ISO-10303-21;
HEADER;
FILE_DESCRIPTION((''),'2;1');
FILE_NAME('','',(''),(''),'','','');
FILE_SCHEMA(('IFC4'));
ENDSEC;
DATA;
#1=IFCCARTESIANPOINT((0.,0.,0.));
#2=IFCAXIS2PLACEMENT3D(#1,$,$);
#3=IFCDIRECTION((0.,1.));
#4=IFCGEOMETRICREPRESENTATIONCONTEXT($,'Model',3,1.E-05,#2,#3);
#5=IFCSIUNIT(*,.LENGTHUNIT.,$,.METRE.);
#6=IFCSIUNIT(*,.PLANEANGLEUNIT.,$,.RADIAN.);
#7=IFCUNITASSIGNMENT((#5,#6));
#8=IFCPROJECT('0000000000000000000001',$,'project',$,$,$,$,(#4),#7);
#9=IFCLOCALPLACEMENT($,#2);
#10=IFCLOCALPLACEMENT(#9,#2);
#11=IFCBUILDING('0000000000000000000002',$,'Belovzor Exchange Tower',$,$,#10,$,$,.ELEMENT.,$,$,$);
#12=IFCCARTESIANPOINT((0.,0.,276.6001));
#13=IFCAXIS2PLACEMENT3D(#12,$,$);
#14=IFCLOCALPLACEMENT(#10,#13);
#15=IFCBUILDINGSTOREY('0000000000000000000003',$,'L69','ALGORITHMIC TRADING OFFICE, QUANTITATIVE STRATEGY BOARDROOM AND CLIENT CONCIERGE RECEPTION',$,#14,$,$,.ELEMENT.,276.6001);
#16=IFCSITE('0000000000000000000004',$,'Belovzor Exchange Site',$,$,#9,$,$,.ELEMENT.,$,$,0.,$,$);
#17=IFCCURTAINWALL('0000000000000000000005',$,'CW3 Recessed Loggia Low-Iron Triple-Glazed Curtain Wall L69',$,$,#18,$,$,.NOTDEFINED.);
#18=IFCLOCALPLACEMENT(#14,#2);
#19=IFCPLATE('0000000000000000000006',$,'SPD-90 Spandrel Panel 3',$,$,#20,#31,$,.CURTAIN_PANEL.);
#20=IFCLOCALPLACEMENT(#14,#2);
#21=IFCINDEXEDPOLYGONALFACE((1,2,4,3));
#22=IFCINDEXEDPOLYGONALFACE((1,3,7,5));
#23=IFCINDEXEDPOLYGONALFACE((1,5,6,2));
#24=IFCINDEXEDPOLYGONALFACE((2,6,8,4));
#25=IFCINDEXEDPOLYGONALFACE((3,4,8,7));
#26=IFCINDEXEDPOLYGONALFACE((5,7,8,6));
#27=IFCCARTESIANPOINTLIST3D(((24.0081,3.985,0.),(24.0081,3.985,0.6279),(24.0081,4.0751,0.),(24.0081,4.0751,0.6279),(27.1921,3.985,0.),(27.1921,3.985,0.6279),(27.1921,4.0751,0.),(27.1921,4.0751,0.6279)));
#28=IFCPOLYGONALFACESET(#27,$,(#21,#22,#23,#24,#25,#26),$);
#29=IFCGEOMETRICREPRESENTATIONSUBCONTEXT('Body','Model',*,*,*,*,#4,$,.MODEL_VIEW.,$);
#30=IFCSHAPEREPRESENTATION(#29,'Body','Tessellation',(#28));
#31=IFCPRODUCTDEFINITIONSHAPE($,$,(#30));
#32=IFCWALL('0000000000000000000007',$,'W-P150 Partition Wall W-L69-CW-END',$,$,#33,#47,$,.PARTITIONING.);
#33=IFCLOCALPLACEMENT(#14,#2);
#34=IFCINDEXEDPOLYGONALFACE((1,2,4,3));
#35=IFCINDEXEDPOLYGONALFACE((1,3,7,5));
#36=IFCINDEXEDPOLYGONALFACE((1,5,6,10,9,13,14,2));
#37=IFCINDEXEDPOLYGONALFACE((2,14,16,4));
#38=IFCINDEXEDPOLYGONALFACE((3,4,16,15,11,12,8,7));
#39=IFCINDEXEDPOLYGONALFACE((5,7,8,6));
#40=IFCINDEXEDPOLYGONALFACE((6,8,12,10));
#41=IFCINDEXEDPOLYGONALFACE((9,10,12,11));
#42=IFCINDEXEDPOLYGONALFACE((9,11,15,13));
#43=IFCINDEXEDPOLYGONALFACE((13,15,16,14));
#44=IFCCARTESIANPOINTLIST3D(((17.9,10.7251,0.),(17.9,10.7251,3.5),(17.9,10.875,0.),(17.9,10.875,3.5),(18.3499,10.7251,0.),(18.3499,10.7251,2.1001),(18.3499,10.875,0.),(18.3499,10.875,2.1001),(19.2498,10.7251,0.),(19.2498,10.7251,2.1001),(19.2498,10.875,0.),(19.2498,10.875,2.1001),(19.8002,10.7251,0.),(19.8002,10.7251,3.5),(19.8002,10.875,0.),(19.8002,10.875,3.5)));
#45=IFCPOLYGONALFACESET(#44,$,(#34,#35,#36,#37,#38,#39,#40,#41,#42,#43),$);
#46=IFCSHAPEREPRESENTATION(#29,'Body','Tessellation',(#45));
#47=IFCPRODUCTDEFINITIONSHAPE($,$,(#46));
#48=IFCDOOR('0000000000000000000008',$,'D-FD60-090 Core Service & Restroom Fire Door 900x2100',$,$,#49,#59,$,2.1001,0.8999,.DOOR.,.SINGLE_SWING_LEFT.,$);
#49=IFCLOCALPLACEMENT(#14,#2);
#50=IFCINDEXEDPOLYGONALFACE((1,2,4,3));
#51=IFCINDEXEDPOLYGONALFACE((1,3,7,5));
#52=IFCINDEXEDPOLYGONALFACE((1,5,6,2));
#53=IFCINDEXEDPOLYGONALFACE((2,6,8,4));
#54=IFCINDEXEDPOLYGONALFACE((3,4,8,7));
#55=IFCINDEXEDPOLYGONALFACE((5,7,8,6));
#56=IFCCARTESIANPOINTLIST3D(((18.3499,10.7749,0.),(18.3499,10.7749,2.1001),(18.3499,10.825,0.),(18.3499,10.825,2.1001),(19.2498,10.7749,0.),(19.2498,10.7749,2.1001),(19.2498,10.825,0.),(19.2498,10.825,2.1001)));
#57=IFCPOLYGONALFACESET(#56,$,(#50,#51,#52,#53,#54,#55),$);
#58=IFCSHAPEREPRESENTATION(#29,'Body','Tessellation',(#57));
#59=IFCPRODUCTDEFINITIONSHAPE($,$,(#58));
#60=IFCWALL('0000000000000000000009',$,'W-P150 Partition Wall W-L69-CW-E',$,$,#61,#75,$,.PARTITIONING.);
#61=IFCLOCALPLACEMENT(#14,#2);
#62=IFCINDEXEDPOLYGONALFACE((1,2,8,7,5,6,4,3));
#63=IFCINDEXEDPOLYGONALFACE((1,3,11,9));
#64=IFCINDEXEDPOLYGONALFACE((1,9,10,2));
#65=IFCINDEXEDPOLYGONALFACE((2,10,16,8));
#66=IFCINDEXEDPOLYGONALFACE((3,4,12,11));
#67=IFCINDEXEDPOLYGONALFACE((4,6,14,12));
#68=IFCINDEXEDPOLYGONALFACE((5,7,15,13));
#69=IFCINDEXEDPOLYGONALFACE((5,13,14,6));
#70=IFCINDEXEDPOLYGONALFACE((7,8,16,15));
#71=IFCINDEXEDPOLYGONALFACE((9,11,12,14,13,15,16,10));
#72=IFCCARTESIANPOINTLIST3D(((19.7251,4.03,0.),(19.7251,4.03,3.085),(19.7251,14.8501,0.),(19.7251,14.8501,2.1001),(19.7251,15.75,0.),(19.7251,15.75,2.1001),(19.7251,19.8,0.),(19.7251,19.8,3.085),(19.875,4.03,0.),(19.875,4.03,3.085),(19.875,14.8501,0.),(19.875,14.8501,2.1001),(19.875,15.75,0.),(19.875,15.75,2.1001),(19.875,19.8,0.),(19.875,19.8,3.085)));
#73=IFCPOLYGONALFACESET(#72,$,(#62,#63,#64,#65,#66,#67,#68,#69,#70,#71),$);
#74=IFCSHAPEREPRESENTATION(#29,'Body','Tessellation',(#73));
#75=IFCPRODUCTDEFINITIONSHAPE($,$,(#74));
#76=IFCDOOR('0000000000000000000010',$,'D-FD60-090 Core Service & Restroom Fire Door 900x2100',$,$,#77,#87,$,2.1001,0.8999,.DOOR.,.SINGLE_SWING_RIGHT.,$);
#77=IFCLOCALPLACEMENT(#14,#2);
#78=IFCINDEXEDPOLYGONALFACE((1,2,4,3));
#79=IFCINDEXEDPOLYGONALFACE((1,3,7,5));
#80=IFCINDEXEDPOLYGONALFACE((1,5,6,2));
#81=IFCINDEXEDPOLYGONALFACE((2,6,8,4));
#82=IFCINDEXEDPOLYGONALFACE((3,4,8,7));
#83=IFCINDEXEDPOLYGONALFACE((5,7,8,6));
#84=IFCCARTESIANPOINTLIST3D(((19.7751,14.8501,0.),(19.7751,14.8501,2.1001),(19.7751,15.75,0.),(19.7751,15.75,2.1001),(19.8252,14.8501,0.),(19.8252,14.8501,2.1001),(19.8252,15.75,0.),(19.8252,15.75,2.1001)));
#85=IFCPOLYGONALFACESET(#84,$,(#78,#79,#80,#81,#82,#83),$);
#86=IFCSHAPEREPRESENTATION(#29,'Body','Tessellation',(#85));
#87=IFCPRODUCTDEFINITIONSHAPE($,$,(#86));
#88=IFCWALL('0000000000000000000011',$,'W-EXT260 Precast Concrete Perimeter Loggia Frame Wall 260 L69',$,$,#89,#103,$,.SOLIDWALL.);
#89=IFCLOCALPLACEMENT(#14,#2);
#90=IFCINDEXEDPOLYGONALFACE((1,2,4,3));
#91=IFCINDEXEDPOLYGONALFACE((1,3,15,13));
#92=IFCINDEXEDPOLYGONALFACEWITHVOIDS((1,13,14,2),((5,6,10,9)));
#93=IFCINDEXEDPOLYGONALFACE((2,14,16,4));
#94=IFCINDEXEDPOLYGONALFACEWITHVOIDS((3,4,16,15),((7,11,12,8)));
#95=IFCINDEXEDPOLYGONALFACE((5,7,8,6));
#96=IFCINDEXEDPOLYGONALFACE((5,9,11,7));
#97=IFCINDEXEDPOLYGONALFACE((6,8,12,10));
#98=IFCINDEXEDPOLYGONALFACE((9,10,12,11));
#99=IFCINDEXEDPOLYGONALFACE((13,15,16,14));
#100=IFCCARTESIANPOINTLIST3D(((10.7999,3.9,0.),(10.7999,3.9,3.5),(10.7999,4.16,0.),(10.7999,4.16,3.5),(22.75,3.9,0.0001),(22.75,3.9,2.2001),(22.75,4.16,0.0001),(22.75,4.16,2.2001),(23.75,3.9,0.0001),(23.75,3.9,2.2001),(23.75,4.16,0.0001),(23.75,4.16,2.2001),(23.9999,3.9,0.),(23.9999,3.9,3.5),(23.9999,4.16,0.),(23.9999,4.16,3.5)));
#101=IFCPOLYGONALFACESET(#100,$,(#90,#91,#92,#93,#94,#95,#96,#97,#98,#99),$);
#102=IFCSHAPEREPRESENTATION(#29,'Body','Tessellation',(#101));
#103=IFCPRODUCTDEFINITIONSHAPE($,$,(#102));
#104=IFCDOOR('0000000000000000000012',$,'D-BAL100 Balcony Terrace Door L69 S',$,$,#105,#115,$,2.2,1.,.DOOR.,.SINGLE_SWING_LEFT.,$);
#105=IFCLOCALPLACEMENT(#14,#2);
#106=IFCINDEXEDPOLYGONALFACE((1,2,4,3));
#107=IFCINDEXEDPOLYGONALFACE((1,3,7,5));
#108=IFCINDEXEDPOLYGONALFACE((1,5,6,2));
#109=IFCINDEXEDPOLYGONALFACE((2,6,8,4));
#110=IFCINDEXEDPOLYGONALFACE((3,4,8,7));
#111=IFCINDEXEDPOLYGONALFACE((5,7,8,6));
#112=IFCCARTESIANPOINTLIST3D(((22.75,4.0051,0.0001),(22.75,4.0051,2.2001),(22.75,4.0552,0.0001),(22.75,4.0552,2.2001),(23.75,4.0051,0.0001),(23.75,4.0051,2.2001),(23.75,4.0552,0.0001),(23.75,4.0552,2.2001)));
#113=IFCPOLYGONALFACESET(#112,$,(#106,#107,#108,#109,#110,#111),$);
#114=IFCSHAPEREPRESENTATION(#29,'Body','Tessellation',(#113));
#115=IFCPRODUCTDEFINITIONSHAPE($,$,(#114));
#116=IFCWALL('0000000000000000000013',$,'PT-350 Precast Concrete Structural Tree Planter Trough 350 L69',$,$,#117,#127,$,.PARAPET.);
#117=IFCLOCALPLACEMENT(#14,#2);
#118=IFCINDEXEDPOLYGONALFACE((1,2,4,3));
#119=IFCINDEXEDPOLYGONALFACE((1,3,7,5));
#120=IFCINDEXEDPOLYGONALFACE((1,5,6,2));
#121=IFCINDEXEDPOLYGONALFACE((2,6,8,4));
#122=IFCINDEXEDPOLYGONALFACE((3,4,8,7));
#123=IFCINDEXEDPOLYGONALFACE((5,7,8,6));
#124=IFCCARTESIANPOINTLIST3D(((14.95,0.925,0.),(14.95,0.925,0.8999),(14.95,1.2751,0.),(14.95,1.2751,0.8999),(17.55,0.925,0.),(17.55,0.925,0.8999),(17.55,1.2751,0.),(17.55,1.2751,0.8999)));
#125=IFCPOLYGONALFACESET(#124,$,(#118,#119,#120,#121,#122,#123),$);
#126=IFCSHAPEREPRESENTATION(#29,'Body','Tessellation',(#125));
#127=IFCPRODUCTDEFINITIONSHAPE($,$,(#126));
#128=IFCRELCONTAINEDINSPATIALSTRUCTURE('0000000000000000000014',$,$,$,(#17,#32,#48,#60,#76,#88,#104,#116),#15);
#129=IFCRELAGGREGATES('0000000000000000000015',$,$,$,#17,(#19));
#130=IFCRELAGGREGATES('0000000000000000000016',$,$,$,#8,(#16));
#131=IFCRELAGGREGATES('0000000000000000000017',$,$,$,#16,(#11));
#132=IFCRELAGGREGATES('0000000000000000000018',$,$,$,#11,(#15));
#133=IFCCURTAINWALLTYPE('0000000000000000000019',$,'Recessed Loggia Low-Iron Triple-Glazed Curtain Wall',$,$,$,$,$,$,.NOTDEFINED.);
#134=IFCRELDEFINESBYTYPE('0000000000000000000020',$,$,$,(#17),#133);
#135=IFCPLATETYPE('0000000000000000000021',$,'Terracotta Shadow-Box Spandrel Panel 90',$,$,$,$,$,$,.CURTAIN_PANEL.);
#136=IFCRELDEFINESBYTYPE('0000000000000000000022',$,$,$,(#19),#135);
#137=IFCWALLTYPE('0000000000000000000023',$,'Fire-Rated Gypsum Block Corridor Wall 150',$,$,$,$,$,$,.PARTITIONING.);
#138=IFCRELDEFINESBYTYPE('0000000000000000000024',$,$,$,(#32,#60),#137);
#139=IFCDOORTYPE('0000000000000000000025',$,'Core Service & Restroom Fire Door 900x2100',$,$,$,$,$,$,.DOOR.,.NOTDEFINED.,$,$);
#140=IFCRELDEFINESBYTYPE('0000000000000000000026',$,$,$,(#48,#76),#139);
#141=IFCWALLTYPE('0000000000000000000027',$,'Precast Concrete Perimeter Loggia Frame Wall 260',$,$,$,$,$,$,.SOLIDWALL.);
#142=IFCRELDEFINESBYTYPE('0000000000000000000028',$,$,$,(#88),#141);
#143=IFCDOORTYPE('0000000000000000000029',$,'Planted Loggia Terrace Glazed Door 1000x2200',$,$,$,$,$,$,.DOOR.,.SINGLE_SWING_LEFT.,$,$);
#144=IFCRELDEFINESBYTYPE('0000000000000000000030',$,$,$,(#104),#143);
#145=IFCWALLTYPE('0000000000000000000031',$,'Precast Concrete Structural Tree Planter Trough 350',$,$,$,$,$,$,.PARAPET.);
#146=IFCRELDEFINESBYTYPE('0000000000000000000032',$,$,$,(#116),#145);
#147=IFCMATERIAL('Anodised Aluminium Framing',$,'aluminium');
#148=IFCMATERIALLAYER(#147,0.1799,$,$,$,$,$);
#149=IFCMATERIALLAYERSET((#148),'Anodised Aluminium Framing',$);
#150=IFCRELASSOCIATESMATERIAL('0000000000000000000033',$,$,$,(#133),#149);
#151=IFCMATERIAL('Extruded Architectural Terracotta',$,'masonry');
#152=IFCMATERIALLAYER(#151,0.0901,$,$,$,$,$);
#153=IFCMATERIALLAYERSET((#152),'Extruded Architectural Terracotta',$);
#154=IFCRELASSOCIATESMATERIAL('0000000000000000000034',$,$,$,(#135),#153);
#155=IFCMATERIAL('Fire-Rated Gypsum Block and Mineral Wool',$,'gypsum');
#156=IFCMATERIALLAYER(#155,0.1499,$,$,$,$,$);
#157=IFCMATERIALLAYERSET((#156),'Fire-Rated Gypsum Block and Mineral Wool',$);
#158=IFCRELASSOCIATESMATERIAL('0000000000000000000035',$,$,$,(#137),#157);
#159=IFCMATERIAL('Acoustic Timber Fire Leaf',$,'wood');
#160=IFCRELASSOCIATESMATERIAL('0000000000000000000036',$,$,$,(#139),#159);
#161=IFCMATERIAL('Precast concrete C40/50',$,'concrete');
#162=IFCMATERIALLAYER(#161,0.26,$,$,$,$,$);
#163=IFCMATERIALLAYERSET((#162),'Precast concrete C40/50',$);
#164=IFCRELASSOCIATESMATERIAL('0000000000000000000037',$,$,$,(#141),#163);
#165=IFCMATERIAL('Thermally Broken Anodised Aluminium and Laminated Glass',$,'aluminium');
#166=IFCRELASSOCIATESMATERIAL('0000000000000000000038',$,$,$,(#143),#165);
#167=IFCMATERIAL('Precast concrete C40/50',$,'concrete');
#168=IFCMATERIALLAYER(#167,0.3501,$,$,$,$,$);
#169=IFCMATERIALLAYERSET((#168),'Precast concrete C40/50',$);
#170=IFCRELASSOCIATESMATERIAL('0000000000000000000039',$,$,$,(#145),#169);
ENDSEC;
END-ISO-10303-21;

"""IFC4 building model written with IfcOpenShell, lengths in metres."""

from ifc_helpers import new_model, si_unit, direction, frame, frame_2d, origin, origin_2d, place, context, subcontext, project, spatial, rectangle, extrude, material, layer, layer_set, type_object, element, fill, aggregate, save


model = new_model("IFC4")

# Units and contexts
model_context = context("Model", 3, precision=1e-05, world=origin(), true_north=direction((0.0, 1.0)))
body_context = subcontext(model_context, "Body", "Model", "MODEL_VIEW")
ifc_project = project(units=[si_unit("LENGTHUNIT", "METRE"), si_unit("PLANEANGLEUNIT", "RADIAN")], contexts=[model_context])

# Site, building, storey
site_placement = place(None, origin())
site = spatial("IfcSite", under=ifc_project, at=site_placement, Name="Belovzor Exchange Site", CompositionType="ELEMENT", RefElevation=0.0)
building_placement = place(site_placement, origin())
building = spatial("IfcBuilding", under=site, at=building_placement, Name="Belovzor Exchange Tower", CompositionType="ELEMENT")
storey_placement = place(building_placement, frame((0.0, 0.0, 276.6001)))
storey = spatial("IfcBuildingStorey", under=building, at=storey_placement, Name="L69", Description="ALGORITHMIC TRADING OFFICE, QUANTITATIVE STRATEGY BOARDROOM AND CLIENT CONCIERGE RECEPTION", CompositionType="ELEMENT", Elevation=276.6001)

# Curtain wall
ifc_material_1 = material(Name="Anodised Aluminium Framing", Category="aluminium")
ifc_layer_1 = layer(ifc_material_1, 0.1799)
ifc_layer_set_1 = layer_set([ifc_layer_1], Name="Anodised Aluminium Framing")
curtain_wall_type = type_object("IfcCurtainWallType", Name="Recessed Loggia Low-Iron Triple-Glazed Curtain Wall", PredefinedType="NOTDEFINED", material=ifc_layer_set_1)
curtain_wall_placement = place(storey_placement, origin())
curtain_wall = element("IfcCurtainWall", 1, at=curtain_wall_placement, inside=storey, type_object=curtain_wall_type, Name="CW3 Recessed Loggia Low-Iron Triple-Glazed Curtain Wall L69", PredefinedType="NOTDEFINED")

# Plate
ifc_material_2 = material(Name="Extruded Architectural Terracotta", Category="masonry")
ifc_layer_2 = layer(ifc_material_2, 0.0901)
ifc_layer_set_2 = layer_set([ifc_layer_2], Name="Extruded Architectural Terracotta")
plate_type_1 = type_object("IfcPlateType", Name="Terracotta Shadow-Box Spandrel Panel 90", PredefinedType="CURTAIN_PANEL", material=ifc_layer_set_2)
plate_1_placement = place(storey_placement, frame((25.6001, 4.03, 0.0), z_axis=(0.0, 0.0, 1.0), x_axis=(-1.0, 0.0, 0.0)))
plate_1 = element("IfcPlate", 2, at=plate_1_placement, type_object=plate_type_1, Name="SPD-90 Spandrel Panel 3", PredefinedType="CURTAIN_PANEL", context=body_context, shape_type="SweptSolid", body=[
    extrude(rectangle(XDim=3.1841, YDim=0.0901, at=origin_2d()), origin(), (0.0, 0.0, 1.0), 0.6279),
])
aggregate(curtain_wall, [plate_1])

# Walls, openings, doors
ifc_material_3 = material(Name="Fire-Rated Gypsum Block and Mineral Wool", Category="gypsum")
ifc_layer_3 = layer(ifc_material_3, 0.1499)
ifc_layer_set_3 = layer_set([ifc_layer_3], Name="Fire-Rated Gypsum Block and Mineral Wool")
wall_type_1 = type_object("IfcWallType", Name="Fire-Rated Gypsum Block Corridor Wall 150", PredefinedType="PARTITIONING", material=ifc_layer_set_3)
wall_1_placement = place(storey_placement, frame((17.8999, 10.8, 0.0), z_axis=(0.0, 0.0, 1.0), x_axis=(1.0, 0.0, 0.0)))
wall_1 = element("IfcWall", 3, at=wall_1_placement, inside=storey, type_object=wall_type_1, Name="W-P150 Partition Wall W-L69-CW-END", PredefinedType="PARTITIONING", context=body_context, shape_type="SweptSolid", body=[
    extrude(rectangle(XDim=1.9001, YDim=0.1499, at=frame_2d((0.9502, 0.0))), origin(), (0.0, 0.0, 1.0), 3.5),
])
opening_1_placement = place(wall_1_placement, frame((0.45, 0.0, 0.0)))
opening_1 = element("IfcOpeningElement", 4, at=opening_1_placement, cuts=wall_1, PredefinedType="OPENING", context=body_context, shape_type="SweptSolid", body=[
    extrude(rectangle(XDim=0.8999, YDim=2.1001, at=frame_2d((0.45, 1.05))), frame((0.0, 0.085, 0.0), z_axis=(0.0, -1.0, 0.0), x_axis=(1.0, 0.0, 0.0)), (0.0, 0.0, 1.0), 0.1699),
])
ifc_material_4 = material(Name="Acoustic Timber Fire Leaf", Category="wood")
door_type_1 = type_object("IfcDoorType", Name="Core Service & Restroom Fire Door 900x2100", OperationType="NOTDEFINED", PredefinedType="DOOR", material=ifc_material_4)
door_1_placement = place(opening_1_placement, origin())
door_1 = element("IfcDoor", 5, at=door_1_placement, inside=storey, type_object=door_type_1, Name="D-FD60-090 Core Service & Restroom Fire Door 900x2100", OperationType="SINGLE_SWING_LEFT", OverallHeight=2.1001, OverallWidth=0.8999, PredefinedType="DOOR", context=body_context, shape_type="SweptSolid", body=[
    extrude(rectangle(XDim=0.8999, YDim=2.1001, at=frame_2d((0.45, 1.05))), frame((0.0, 0.0249, 0.0), z_axis=(0.0, -1.0, 0.0), x_axis=(1.0, 0.0, 0.0)), (0.0, 0.0, 1.0), 0.05),
])
fill(opening_1, door_1)
wall_2_placement = place(storey_placement, frame((19.8, 4.03, 0.0), z_axis=(0.0, 0.0, 1.0), x_axis=(0.0, 1.0, 0.0)))
wall_2 = element("IfcWall", 6, at=wall_2_placement, inside=storey, type_object=wall_type_1, Name="W-P150 Partition Wall W-L69-CW-E", PredefinedType="PARTITIONING", context=body_context, shape_type="SweptSolid", body=[
    extrude(rectangle(XDim=15.77, YDim=0.1499, at=frame_2d((7.885, 0.0))), origin(), (0.0, 0.0, 1.0), 3.085),
])
opening_2_placement = place(wall_2_placement, frame((10.8201, 0.0, 0.0)))
opening_2 = element("IfcOpeningElement", 7, at=opening_2_placement, cuts=wall_2, PredefinedType="OPENING", context=body_context, shape_type="SweptSolid", body=[
    extrude(rectangle(XDim=0.8999, YDim=2.1001, at=frame_2d((0.45, 1.05))), frame((0.0, 0.085, 0.0), z_axis=(0.0, -1.0, 0.0), x_axis=(1.0, 0.0, 0.0)), (0.0, 0.0, 1.0), 0.1699),
])
door_2_placement = place(opening_2_placement, origin())
door_2 = element("IfcDoor", 8, at=door_2_placement, inside=storey, type_object=door_type_1, Name="D-FD60-090 Core Service & Restroom Fire Door 900x2100", OperationType="SINGLE_SWING_RIGHT", OverallHeight=2.1001, OverallWidth=0.8999, PredefinedType="DOOR", context=body_context, shape_type="SweptSolid", body=[
    extrude(rectangle(XDim=0.8999, YDim=2.1001, at=frame_2d((0.45, 1.05))), frame((0.0, 0.0249, 0.0), z_axis=(0.0, -1.0, 0.0), x_axis=(1.0, 0.0, 0.0)), (0.0, 0.0, 1.0), 0.05),
])
fill(opening_2, door_2)
ifc_material_5 = material(Name="Precast concrete C40/50", Category="concrete")
ifc_layer_4 = layer(ifc_material_5, 0.26)
ifc_layer_set_4 = layer_set([ifc_layer_4], Name="Precast concrete C40/50")
wall_type_2 = type_object("IfcWallType", Name="Precast Concrete Perimeter Loggia Frame Wall 260", PredefinedType="SOLIDWALL", material=ifc_layer_set_4)
wall_3_placement = place(storey_placement, frame((24.0, 4.03, 0.0), z_axis=(0.0, 0.0, 1.0), x_axis=(-1.0, 0.0, 0.0)))
wall_3 = element("IfcWall", 9, at=wall_3_placement, inside=storey, type_object=wall_type_2, Name="W-EXT260 Precast Concrete Perimeter Loggia Frame Wall 260 L69", PredefinedType="SOLIDWALL", context=body_context, shape_type="SweptSolid", body=[
    extrude(rectangle(XDim=13.2, YDim=0.26, at=frame_2d((6.6001, 0.0))), origin(), (0.0, 0.0, 1.0), 3.5),
])
opening_3_placement = place(wall_3_placement, frame((0.25, 0.0, 0.0)))
opening_3 = element("IfcOpeningElement", 10, at=opening_3_placement, cuts=wall_3, PredefinedType="OPENING", context=body_context, shape_type="SweptSolid", body=[
    extrude(rectangle(XDim=1.0, YDim=2.2, at=frame_2d((0.5, 1.1001))), frame((0.0, 0.1399, 0.0), z_axis=(0.0, -1.0, 0.0), x_axis=(1.0, 0.0, 0.0)), (0.0, 0.0, 1.0), 0.28),
])
ifc_material_6 = material(Name="Thermally Broken Anodised Aluminium and Laminated Glass", Category="aluminium")
door_type_2 = type_object("IfcDoorType", Name="Planted Loggia Terrace Glazed Door 1000x2200", OperationType="SINGLE_SWING_LEFT", PredefinedType="DOOR", material=ifc_material_6)
door_3_placement = place(opening_3_placement, origin())
door_3 = element("IfcDoor", 11, at=door_3_placement, inside=storey, type_object=door_type_2, Name="D-BAL100 Balcony Terrace Door L69 S", OperationType="SINGLE_SWING_LEFT", OverallHeight=2.2, OverallWidth=1.0, PredefinedType="DOOR", context=body_context, shape_type="SweptSolid", body=[
    extrude(rectangle(XDim=1.0, YDim=2.2, at=frame_2d((0.5, 1.1001))), frame((0.0, 0.0249, 0.0), z_axis=(0.0, -1.0, 0.0), x_axis=(1.0, 0.0, 0.0)), (0.0, 0.0, 1.0), 0.05),
])
fill(opening_3, door_3)

# Wall
ifc_material_7 = material(Name="Precast concrete C40/50", Category="concrete")
ifc_layer_5 = layer(ifc_material_7, 0.3501)
ifc_layer_set_5 = layer_set([ifc_layer_5], Name="Precast concrete C40/50")
wall_type_3 = type_object("IfcWallType", Name="Precast Concrete Structural Tree Planter Trough 350", PredefinedType="PARAPET", material=ifc_layer_set_5)
wall_4_placement = place(storey_placement, frame((14.95, 1.1001, 0.0), z_axis=(0.0, 0.0, 1.0), x_axis=(1.0, 0.0, 0.0)))
element("IfcWall", 12, at=wall_4_placement, inside=storey, type_object=wall_type_3, Name="PT-350 Precast Concrete Structural Tree Planter Trough 350 L69", PredefinedType="PARAPET", context=body_context, shape_type="SweptSolid", body=[
    extrude(rectangle(XDim=2.6001, YDim=0.3501, at=frame_2d((1.3, 0.0))), origin(), (0.0, 0.0, 1.0), 0.8999),
])

save(model, "model.ifc")
